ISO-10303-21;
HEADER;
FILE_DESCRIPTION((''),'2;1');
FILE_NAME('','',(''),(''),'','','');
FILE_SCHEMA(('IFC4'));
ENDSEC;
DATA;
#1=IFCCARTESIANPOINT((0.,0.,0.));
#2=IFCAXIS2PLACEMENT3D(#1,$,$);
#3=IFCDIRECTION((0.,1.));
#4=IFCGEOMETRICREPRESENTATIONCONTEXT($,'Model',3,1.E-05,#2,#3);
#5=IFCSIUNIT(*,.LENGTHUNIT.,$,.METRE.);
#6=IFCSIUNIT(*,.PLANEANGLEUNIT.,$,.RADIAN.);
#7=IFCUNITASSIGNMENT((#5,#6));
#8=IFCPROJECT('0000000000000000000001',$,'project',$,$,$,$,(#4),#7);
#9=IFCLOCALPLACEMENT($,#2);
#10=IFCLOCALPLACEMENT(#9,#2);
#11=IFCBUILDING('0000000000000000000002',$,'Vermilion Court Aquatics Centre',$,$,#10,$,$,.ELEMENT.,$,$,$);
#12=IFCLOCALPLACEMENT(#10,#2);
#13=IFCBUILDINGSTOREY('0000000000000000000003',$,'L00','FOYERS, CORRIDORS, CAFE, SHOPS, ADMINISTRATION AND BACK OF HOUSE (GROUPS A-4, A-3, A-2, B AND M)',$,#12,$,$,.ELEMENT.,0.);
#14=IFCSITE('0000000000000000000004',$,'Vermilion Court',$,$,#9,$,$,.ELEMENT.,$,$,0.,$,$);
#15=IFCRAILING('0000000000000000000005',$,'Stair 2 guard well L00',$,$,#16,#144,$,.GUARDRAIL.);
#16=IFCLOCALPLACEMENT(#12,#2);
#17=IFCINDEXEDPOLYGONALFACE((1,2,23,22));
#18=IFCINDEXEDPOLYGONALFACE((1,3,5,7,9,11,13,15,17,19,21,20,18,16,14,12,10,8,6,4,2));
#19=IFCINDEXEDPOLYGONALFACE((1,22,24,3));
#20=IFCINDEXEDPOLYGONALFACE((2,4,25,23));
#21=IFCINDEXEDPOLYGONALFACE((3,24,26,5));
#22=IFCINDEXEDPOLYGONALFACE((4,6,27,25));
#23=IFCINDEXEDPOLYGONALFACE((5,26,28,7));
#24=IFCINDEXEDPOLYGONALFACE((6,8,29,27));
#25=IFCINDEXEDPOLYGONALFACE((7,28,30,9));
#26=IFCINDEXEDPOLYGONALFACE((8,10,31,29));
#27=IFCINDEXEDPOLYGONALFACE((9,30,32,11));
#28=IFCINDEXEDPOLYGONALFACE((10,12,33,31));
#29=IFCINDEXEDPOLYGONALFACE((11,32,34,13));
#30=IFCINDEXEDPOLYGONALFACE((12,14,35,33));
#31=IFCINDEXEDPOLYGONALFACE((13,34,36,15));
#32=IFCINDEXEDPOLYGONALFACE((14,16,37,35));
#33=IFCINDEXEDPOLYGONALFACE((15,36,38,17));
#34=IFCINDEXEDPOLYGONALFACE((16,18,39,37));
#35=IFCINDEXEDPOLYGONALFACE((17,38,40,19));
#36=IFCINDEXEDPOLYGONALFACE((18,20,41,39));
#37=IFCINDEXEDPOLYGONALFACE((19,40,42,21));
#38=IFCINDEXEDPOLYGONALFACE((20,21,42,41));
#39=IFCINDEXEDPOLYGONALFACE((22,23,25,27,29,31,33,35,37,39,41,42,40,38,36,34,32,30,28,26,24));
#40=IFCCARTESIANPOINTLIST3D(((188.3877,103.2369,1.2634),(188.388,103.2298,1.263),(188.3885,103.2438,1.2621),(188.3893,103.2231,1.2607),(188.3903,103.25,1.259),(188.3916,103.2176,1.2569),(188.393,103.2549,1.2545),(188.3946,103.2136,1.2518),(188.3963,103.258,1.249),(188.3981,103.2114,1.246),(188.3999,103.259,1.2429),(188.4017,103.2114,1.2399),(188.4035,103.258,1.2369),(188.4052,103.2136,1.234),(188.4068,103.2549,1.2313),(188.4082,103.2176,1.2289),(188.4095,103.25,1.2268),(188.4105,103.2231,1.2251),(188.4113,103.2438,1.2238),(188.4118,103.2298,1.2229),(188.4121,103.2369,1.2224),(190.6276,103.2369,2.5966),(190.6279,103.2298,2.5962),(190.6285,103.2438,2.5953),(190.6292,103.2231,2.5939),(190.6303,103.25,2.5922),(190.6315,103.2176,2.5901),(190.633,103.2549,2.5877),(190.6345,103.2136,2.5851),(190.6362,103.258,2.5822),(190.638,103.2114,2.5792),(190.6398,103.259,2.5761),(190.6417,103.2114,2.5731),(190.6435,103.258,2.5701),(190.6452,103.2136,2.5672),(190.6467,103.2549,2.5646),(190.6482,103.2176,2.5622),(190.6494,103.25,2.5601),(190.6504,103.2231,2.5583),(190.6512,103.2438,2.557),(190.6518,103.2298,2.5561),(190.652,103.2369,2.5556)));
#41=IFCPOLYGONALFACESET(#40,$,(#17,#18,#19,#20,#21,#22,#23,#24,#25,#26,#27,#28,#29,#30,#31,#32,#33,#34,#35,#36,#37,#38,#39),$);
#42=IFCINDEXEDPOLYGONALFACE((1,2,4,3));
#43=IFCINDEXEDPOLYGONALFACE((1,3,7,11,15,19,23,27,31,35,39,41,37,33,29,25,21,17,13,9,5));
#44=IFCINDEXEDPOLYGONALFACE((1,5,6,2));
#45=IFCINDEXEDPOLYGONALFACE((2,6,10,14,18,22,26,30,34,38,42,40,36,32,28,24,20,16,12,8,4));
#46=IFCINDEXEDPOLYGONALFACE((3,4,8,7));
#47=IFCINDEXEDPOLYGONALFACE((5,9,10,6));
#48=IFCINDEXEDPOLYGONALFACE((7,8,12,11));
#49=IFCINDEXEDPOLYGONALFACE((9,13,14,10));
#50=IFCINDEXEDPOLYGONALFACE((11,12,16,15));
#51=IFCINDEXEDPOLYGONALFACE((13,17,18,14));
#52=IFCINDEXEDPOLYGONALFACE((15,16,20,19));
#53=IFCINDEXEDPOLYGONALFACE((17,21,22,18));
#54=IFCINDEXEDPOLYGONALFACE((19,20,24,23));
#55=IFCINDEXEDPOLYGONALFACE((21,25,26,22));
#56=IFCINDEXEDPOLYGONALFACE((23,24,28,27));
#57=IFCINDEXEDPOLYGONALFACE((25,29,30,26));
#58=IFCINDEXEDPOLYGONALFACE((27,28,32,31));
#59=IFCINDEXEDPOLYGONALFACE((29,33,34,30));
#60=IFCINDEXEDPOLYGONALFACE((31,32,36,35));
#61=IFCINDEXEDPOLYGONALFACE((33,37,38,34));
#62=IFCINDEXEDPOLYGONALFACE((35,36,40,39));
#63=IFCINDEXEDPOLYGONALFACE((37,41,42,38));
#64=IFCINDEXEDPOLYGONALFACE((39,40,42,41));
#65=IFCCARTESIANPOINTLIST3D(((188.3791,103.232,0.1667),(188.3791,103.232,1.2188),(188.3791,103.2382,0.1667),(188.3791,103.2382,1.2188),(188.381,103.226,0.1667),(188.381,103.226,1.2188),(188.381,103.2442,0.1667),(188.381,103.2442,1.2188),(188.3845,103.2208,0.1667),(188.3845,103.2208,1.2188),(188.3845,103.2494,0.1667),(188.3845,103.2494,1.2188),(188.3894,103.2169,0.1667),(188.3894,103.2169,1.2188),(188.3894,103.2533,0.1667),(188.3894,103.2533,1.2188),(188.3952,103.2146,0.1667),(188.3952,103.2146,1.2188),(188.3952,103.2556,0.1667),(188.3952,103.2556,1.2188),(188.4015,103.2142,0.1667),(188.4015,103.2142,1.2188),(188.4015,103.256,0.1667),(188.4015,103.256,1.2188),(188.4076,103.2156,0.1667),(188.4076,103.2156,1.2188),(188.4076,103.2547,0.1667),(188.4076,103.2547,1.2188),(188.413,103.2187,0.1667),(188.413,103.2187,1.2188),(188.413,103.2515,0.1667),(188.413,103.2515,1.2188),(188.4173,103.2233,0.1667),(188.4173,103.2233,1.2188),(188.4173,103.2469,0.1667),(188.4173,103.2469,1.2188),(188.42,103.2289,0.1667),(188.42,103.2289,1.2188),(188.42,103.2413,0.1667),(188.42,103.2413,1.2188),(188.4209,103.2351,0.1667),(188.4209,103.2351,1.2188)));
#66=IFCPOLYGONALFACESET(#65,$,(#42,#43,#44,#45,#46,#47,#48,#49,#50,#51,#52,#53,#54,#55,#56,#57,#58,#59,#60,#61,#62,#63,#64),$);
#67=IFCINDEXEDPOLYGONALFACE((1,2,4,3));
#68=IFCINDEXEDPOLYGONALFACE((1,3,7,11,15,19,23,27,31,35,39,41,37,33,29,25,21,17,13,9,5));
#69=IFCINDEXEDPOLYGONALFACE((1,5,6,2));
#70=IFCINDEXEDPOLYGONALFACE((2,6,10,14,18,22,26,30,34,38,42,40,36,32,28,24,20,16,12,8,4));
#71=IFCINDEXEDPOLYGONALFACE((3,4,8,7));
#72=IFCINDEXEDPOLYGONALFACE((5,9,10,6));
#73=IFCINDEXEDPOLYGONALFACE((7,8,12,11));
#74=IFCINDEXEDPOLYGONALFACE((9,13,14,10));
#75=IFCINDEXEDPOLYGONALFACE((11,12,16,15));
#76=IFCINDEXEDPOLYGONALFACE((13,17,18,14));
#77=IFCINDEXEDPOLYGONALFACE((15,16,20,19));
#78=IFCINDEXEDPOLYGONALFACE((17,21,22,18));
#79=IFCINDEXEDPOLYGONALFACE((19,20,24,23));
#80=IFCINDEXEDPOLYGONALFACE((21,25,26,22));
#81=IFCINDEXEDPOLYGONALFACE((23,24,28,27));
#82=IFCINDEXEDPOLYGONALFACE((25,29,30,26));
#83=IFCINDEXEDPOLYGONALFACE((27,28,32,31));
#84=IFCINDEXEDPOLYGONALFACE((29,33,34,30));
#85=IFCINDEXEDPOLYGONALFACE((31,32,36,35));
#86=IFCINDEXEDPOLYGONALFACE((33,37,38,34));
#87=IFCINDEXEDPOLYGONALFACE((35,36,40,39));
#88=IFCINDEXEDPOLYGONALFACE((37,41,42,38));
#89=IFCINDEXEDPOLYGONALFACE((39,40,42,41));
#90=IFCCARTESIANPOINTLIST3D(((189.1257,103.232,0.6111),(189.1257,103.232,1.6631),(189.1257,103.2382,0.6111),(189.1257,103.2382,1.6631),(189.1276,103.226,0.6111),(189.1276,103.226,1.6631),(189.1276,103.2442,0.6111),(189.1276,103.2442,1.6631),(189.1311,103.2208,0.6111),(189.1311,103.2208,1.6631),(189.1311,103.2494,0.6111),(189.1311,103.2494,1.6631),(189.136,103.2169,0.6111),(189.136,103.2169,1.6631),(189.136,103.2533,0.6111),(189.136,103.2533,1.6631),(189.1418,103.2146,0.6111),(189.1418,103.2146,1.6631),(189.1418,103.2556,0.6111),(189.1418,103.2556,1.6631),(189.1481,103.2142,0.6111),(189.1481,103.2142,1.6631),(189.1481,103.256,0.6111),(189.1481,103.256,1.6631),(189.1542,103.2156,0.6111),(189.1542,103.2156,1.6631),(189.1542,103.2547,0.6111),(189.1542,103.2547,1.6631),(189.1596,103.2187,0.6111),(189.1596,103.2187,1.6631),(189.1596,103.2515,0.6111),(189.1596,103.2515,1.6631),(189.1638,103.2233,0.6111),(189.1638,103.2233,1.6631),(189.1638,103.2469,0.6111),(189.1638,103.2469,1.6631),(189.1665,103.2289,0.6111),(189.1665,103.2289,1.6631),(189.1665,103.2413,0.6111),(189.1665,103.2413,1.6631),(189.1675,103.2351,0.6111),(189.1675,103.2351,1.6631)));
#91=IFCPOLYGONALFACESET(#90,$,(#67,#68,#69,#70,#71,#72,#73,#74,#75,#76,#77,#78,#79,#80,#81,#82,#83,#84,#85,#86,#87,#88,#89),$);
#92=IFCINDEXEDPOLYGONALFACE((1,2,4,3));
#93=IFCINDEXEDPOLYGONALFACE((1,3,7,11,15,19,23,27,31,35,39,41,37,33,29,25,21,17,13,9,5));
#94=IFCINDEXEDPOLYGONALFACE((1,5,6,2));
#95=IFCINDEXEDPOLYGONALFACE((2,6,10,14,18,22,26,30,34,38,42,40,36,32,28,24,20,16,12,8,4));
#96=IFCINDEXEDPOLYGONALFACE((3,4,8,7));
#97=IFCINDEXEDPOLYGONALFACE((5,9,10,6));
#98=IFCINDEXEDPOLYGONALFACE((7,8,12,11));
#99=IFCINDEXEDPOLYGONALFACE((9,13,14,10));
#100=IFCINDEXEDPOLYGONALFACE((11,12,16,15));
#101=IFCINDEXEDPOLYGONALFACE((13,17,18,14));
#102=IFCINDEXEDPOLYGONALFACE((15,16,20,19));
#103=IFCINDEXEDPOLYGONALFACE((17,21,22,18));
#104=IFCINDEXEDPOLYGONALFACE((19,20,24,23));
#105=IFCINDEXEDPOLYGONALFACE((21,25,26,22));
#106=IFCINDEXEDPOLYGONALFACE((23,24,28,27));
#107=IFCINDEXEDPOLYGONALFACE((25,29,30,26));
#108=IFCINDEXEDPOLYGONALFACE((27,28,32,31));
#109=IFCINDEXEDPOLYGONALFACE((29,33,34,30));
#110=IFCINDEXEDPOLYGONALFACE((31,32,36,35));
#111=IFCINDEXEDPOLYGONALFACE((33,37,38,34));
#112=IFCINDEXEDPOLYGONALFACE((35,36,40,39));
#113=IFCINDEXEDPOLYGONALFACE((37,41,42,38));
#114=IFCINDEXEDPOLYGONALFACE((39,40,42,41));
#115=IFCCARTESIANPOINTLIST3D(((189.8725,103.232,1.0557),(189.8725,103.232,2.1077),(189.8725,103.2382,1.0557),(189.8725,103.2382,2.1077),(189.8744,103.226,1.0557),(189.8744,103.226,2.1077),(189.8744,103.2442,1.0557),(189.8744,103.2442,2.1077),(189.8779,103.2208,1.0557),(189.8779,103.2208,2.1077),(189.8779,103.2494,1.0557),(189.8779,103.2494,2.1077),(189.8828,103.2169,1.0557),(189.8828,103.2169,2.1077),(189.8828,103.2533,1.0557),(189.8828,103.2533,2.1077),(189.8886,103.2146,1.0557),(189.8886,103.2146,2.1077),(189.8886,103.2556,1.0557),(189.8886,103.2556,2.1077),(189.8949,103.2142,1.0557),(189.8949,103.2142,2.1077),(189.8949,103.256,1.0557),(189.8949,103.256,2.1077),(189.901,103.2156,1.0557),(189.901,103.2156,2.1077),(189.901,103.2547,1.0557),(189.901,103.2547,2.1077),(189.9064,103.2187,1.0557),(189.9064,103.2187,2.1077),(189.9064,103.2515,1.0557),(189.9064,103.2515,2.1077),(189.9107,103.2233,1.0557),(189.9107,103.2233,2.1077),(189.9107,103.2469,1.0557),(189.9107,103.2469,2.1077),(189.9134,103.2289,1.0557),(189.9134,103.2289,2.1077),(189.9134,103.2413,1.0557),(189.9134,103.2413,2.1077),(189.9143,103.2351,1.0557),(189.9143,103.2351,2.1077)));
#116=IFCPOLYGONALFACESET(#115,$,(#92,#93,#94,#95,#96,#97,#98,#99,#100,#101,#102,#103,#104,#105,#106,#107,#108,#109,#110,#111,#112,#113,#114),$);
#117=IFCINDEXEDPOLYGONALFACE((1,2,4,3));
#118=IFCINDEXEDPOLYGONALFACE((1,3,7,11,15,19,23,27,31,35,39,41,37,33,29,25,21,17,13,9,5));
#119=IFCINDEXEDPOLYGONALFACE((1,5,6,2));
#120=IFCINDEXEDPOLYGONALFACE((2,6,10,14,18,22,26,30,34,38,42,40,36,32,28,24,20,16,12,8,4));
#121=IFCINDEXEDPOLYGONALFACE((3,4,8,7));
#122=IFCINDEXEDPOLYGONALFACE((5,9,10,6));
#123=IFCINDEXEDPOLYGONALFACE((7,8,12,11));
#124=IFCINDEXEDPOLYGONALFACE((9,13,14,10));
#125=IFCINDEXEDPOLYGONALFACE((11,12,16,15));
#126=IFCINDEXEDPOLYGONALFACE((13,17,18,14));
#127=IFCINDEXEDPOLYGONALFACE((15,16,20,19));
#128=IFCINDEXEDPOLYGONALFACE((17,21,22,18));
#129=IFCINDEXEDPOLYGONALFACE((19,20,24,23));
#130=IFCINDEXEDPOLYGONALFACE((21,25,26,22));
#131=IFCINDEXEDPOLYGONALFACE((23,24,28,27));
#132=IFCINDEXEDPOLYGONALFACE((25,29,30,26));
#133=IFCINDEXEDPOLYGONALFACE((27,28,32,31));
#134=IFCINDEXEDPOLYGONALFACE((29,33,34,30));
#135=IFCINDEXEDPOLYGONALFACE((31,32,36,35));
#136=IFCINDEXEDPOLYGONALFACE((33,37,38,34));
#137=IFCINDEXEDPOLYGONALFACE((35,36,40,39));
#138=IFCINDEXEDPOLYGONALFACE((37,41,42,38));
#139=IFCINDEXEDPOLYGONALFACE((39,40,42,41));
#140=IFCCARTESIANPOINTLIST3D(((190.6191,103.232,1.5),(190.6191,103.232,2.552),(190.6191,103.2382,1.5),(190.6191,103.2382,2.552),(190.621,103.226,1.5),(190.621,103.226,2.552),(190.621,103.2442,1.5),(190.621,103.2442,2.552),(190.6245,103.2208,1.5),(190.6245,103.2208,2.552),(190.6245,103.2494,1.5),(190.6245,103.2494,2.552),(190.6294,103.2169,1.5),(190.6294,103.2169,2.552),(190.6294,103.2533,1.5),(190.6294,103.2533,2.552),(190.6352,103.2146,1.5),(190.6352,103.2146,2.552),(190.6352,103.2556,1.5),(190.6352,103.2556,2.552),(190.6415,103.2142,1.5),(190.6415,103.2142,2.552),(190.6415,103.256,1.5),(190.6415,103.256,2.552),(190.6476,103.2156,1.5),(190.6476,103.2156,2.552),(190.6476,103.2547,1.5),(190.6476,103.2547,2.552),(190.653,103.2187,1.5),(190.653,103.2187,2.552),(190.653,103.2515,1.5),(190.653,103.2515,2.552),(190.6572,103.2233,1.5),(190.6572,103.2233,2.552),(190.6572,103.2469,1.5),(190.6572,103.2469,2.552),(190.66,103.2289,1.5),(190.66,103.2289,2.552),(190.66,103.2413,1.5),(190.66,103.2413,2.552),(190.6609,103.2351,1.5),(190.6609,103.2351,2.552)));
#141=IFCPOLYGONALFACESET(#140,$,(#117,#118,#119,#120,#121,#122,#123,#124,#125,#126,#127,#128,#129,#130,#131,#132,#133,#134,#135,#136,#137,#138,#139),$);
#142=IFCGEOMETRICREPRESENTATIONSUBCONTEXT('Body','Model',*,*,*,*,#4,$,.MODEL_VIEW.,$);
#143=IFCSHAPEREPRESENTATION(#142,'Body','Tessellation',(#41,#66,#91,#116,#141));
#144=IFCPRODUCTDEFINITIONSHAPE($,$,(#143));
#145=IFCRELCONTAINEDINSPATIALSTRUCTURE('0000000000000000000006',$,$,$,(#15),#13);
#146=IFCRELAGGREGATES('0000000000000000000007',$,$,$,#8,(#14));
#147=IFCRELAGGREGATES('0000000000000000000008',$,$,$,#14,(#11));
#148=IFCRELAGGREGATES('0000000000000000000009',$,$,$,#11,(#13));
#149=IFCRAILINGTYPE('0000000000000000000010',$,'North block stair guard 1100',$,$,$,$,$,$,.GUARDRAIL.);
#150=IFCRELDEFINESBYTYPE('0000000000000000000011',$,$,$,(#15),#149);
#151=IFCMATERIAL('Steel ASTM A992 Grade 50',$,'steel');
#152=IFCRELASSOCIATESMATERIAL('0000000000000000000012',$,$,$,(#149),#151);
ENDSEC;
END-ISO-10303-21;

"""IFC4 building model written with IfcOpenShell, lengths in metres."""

from ifc_helpers import new_model, si_unit, direction, frame, origin, origin_2d, place, context, subcontext, project, spatial, circle, extrude, material, type_object, element, save


model = new_model("IFC4")

# Units and contexts
model_context = context("Model", 3, precision=1e-05, world=origin(), true_north=direction((0.0, 1.0)))
body_context = subcontext(model_context, "Body", "Model", "MODEL_VIEW")
ifc_project = project(units=[si_unit("LENGTHUNIT", "METRE"), si_unit("PLANEANGLEUNIT", "RADIAN")], contexts=[model_context])

# Site, building, storey
site_placement = place(None, origin())
site = spatial("IfcSite", under=ifc_project, at=site_placement, Name="Vermilion Court", CompositionType="ELEMENT", RefElevation=0.0)
building_placement = place(site_placement, origin())
building = spatial("IfcBuilding", under=site, at=building_placement, Name="Vermilion Court Aquatics Centre", CompositionType="ELEMENT")
storey_placement = place(building_placement, origin())
storey = spatial("IfcBuildingStorey", under=building, at=storey_placement, Name="L00", Description="FOYERS, CORRIDORS, CAFE, SHOPS, ADMINISTRATION AND BACK OF HOUSE (GROUPS A-4, A-3, A-2, B AND M)", CompositionType="ELEMENT", Elevation=0.0)

# Railing
ifc_material_1 = material(Name="Steel ASTM A992 Grade 50", Category="steel")
railing_type_1 = type_object("IfcRailingType", Name="North block stair guard 1100", PredefinedType="GUARDRAIL", material=ifc_material_1)
railing_placement = place(storey_placement, frame((188.3999, 103.2351, 0.1667)))
element("IfcRailing", 1, at=railing_placement, inside=storey, type_object=railing_type_1, Name="Stair 2 guard well L00", PredefinedType="GUARDRAIL", context=body_context, shape_type="SweptSolid", body=[
    extrude(circle(Radius=0.0239, at=origin_2d()), frame((0.0, 0.0, 1.0762), z_axis=(0.859306, 0.0, 0.511462), x_axis=(0.0, 1.0, 0.0)), (0.0, 0.0, 1.0), 2.6067),
    extrude(circle(Radius=0.021, at=origin_2d()), origin(), (0.0, 0.0, 1.0), 1.052),
    extrude(circle(Radius=0.021, at=origin_2d()), frame((0.7466, 0.0, 0.4443)), (0.0, 0.0, 1.0), 1.052),
    extrude(circle(Radius=0.021, at=origin_2d()), frame((1.4934, 0.0, 0.8889)), (0.0, 0.0, 1.0), 1.052),
    extrude(circle(Radius=0.021, at=origin_2d()), frame((2.24, 0.0, 1.3333)), (0.0, 0.0, 1.0), 1.052),
])

save(model, "model.ifc")
